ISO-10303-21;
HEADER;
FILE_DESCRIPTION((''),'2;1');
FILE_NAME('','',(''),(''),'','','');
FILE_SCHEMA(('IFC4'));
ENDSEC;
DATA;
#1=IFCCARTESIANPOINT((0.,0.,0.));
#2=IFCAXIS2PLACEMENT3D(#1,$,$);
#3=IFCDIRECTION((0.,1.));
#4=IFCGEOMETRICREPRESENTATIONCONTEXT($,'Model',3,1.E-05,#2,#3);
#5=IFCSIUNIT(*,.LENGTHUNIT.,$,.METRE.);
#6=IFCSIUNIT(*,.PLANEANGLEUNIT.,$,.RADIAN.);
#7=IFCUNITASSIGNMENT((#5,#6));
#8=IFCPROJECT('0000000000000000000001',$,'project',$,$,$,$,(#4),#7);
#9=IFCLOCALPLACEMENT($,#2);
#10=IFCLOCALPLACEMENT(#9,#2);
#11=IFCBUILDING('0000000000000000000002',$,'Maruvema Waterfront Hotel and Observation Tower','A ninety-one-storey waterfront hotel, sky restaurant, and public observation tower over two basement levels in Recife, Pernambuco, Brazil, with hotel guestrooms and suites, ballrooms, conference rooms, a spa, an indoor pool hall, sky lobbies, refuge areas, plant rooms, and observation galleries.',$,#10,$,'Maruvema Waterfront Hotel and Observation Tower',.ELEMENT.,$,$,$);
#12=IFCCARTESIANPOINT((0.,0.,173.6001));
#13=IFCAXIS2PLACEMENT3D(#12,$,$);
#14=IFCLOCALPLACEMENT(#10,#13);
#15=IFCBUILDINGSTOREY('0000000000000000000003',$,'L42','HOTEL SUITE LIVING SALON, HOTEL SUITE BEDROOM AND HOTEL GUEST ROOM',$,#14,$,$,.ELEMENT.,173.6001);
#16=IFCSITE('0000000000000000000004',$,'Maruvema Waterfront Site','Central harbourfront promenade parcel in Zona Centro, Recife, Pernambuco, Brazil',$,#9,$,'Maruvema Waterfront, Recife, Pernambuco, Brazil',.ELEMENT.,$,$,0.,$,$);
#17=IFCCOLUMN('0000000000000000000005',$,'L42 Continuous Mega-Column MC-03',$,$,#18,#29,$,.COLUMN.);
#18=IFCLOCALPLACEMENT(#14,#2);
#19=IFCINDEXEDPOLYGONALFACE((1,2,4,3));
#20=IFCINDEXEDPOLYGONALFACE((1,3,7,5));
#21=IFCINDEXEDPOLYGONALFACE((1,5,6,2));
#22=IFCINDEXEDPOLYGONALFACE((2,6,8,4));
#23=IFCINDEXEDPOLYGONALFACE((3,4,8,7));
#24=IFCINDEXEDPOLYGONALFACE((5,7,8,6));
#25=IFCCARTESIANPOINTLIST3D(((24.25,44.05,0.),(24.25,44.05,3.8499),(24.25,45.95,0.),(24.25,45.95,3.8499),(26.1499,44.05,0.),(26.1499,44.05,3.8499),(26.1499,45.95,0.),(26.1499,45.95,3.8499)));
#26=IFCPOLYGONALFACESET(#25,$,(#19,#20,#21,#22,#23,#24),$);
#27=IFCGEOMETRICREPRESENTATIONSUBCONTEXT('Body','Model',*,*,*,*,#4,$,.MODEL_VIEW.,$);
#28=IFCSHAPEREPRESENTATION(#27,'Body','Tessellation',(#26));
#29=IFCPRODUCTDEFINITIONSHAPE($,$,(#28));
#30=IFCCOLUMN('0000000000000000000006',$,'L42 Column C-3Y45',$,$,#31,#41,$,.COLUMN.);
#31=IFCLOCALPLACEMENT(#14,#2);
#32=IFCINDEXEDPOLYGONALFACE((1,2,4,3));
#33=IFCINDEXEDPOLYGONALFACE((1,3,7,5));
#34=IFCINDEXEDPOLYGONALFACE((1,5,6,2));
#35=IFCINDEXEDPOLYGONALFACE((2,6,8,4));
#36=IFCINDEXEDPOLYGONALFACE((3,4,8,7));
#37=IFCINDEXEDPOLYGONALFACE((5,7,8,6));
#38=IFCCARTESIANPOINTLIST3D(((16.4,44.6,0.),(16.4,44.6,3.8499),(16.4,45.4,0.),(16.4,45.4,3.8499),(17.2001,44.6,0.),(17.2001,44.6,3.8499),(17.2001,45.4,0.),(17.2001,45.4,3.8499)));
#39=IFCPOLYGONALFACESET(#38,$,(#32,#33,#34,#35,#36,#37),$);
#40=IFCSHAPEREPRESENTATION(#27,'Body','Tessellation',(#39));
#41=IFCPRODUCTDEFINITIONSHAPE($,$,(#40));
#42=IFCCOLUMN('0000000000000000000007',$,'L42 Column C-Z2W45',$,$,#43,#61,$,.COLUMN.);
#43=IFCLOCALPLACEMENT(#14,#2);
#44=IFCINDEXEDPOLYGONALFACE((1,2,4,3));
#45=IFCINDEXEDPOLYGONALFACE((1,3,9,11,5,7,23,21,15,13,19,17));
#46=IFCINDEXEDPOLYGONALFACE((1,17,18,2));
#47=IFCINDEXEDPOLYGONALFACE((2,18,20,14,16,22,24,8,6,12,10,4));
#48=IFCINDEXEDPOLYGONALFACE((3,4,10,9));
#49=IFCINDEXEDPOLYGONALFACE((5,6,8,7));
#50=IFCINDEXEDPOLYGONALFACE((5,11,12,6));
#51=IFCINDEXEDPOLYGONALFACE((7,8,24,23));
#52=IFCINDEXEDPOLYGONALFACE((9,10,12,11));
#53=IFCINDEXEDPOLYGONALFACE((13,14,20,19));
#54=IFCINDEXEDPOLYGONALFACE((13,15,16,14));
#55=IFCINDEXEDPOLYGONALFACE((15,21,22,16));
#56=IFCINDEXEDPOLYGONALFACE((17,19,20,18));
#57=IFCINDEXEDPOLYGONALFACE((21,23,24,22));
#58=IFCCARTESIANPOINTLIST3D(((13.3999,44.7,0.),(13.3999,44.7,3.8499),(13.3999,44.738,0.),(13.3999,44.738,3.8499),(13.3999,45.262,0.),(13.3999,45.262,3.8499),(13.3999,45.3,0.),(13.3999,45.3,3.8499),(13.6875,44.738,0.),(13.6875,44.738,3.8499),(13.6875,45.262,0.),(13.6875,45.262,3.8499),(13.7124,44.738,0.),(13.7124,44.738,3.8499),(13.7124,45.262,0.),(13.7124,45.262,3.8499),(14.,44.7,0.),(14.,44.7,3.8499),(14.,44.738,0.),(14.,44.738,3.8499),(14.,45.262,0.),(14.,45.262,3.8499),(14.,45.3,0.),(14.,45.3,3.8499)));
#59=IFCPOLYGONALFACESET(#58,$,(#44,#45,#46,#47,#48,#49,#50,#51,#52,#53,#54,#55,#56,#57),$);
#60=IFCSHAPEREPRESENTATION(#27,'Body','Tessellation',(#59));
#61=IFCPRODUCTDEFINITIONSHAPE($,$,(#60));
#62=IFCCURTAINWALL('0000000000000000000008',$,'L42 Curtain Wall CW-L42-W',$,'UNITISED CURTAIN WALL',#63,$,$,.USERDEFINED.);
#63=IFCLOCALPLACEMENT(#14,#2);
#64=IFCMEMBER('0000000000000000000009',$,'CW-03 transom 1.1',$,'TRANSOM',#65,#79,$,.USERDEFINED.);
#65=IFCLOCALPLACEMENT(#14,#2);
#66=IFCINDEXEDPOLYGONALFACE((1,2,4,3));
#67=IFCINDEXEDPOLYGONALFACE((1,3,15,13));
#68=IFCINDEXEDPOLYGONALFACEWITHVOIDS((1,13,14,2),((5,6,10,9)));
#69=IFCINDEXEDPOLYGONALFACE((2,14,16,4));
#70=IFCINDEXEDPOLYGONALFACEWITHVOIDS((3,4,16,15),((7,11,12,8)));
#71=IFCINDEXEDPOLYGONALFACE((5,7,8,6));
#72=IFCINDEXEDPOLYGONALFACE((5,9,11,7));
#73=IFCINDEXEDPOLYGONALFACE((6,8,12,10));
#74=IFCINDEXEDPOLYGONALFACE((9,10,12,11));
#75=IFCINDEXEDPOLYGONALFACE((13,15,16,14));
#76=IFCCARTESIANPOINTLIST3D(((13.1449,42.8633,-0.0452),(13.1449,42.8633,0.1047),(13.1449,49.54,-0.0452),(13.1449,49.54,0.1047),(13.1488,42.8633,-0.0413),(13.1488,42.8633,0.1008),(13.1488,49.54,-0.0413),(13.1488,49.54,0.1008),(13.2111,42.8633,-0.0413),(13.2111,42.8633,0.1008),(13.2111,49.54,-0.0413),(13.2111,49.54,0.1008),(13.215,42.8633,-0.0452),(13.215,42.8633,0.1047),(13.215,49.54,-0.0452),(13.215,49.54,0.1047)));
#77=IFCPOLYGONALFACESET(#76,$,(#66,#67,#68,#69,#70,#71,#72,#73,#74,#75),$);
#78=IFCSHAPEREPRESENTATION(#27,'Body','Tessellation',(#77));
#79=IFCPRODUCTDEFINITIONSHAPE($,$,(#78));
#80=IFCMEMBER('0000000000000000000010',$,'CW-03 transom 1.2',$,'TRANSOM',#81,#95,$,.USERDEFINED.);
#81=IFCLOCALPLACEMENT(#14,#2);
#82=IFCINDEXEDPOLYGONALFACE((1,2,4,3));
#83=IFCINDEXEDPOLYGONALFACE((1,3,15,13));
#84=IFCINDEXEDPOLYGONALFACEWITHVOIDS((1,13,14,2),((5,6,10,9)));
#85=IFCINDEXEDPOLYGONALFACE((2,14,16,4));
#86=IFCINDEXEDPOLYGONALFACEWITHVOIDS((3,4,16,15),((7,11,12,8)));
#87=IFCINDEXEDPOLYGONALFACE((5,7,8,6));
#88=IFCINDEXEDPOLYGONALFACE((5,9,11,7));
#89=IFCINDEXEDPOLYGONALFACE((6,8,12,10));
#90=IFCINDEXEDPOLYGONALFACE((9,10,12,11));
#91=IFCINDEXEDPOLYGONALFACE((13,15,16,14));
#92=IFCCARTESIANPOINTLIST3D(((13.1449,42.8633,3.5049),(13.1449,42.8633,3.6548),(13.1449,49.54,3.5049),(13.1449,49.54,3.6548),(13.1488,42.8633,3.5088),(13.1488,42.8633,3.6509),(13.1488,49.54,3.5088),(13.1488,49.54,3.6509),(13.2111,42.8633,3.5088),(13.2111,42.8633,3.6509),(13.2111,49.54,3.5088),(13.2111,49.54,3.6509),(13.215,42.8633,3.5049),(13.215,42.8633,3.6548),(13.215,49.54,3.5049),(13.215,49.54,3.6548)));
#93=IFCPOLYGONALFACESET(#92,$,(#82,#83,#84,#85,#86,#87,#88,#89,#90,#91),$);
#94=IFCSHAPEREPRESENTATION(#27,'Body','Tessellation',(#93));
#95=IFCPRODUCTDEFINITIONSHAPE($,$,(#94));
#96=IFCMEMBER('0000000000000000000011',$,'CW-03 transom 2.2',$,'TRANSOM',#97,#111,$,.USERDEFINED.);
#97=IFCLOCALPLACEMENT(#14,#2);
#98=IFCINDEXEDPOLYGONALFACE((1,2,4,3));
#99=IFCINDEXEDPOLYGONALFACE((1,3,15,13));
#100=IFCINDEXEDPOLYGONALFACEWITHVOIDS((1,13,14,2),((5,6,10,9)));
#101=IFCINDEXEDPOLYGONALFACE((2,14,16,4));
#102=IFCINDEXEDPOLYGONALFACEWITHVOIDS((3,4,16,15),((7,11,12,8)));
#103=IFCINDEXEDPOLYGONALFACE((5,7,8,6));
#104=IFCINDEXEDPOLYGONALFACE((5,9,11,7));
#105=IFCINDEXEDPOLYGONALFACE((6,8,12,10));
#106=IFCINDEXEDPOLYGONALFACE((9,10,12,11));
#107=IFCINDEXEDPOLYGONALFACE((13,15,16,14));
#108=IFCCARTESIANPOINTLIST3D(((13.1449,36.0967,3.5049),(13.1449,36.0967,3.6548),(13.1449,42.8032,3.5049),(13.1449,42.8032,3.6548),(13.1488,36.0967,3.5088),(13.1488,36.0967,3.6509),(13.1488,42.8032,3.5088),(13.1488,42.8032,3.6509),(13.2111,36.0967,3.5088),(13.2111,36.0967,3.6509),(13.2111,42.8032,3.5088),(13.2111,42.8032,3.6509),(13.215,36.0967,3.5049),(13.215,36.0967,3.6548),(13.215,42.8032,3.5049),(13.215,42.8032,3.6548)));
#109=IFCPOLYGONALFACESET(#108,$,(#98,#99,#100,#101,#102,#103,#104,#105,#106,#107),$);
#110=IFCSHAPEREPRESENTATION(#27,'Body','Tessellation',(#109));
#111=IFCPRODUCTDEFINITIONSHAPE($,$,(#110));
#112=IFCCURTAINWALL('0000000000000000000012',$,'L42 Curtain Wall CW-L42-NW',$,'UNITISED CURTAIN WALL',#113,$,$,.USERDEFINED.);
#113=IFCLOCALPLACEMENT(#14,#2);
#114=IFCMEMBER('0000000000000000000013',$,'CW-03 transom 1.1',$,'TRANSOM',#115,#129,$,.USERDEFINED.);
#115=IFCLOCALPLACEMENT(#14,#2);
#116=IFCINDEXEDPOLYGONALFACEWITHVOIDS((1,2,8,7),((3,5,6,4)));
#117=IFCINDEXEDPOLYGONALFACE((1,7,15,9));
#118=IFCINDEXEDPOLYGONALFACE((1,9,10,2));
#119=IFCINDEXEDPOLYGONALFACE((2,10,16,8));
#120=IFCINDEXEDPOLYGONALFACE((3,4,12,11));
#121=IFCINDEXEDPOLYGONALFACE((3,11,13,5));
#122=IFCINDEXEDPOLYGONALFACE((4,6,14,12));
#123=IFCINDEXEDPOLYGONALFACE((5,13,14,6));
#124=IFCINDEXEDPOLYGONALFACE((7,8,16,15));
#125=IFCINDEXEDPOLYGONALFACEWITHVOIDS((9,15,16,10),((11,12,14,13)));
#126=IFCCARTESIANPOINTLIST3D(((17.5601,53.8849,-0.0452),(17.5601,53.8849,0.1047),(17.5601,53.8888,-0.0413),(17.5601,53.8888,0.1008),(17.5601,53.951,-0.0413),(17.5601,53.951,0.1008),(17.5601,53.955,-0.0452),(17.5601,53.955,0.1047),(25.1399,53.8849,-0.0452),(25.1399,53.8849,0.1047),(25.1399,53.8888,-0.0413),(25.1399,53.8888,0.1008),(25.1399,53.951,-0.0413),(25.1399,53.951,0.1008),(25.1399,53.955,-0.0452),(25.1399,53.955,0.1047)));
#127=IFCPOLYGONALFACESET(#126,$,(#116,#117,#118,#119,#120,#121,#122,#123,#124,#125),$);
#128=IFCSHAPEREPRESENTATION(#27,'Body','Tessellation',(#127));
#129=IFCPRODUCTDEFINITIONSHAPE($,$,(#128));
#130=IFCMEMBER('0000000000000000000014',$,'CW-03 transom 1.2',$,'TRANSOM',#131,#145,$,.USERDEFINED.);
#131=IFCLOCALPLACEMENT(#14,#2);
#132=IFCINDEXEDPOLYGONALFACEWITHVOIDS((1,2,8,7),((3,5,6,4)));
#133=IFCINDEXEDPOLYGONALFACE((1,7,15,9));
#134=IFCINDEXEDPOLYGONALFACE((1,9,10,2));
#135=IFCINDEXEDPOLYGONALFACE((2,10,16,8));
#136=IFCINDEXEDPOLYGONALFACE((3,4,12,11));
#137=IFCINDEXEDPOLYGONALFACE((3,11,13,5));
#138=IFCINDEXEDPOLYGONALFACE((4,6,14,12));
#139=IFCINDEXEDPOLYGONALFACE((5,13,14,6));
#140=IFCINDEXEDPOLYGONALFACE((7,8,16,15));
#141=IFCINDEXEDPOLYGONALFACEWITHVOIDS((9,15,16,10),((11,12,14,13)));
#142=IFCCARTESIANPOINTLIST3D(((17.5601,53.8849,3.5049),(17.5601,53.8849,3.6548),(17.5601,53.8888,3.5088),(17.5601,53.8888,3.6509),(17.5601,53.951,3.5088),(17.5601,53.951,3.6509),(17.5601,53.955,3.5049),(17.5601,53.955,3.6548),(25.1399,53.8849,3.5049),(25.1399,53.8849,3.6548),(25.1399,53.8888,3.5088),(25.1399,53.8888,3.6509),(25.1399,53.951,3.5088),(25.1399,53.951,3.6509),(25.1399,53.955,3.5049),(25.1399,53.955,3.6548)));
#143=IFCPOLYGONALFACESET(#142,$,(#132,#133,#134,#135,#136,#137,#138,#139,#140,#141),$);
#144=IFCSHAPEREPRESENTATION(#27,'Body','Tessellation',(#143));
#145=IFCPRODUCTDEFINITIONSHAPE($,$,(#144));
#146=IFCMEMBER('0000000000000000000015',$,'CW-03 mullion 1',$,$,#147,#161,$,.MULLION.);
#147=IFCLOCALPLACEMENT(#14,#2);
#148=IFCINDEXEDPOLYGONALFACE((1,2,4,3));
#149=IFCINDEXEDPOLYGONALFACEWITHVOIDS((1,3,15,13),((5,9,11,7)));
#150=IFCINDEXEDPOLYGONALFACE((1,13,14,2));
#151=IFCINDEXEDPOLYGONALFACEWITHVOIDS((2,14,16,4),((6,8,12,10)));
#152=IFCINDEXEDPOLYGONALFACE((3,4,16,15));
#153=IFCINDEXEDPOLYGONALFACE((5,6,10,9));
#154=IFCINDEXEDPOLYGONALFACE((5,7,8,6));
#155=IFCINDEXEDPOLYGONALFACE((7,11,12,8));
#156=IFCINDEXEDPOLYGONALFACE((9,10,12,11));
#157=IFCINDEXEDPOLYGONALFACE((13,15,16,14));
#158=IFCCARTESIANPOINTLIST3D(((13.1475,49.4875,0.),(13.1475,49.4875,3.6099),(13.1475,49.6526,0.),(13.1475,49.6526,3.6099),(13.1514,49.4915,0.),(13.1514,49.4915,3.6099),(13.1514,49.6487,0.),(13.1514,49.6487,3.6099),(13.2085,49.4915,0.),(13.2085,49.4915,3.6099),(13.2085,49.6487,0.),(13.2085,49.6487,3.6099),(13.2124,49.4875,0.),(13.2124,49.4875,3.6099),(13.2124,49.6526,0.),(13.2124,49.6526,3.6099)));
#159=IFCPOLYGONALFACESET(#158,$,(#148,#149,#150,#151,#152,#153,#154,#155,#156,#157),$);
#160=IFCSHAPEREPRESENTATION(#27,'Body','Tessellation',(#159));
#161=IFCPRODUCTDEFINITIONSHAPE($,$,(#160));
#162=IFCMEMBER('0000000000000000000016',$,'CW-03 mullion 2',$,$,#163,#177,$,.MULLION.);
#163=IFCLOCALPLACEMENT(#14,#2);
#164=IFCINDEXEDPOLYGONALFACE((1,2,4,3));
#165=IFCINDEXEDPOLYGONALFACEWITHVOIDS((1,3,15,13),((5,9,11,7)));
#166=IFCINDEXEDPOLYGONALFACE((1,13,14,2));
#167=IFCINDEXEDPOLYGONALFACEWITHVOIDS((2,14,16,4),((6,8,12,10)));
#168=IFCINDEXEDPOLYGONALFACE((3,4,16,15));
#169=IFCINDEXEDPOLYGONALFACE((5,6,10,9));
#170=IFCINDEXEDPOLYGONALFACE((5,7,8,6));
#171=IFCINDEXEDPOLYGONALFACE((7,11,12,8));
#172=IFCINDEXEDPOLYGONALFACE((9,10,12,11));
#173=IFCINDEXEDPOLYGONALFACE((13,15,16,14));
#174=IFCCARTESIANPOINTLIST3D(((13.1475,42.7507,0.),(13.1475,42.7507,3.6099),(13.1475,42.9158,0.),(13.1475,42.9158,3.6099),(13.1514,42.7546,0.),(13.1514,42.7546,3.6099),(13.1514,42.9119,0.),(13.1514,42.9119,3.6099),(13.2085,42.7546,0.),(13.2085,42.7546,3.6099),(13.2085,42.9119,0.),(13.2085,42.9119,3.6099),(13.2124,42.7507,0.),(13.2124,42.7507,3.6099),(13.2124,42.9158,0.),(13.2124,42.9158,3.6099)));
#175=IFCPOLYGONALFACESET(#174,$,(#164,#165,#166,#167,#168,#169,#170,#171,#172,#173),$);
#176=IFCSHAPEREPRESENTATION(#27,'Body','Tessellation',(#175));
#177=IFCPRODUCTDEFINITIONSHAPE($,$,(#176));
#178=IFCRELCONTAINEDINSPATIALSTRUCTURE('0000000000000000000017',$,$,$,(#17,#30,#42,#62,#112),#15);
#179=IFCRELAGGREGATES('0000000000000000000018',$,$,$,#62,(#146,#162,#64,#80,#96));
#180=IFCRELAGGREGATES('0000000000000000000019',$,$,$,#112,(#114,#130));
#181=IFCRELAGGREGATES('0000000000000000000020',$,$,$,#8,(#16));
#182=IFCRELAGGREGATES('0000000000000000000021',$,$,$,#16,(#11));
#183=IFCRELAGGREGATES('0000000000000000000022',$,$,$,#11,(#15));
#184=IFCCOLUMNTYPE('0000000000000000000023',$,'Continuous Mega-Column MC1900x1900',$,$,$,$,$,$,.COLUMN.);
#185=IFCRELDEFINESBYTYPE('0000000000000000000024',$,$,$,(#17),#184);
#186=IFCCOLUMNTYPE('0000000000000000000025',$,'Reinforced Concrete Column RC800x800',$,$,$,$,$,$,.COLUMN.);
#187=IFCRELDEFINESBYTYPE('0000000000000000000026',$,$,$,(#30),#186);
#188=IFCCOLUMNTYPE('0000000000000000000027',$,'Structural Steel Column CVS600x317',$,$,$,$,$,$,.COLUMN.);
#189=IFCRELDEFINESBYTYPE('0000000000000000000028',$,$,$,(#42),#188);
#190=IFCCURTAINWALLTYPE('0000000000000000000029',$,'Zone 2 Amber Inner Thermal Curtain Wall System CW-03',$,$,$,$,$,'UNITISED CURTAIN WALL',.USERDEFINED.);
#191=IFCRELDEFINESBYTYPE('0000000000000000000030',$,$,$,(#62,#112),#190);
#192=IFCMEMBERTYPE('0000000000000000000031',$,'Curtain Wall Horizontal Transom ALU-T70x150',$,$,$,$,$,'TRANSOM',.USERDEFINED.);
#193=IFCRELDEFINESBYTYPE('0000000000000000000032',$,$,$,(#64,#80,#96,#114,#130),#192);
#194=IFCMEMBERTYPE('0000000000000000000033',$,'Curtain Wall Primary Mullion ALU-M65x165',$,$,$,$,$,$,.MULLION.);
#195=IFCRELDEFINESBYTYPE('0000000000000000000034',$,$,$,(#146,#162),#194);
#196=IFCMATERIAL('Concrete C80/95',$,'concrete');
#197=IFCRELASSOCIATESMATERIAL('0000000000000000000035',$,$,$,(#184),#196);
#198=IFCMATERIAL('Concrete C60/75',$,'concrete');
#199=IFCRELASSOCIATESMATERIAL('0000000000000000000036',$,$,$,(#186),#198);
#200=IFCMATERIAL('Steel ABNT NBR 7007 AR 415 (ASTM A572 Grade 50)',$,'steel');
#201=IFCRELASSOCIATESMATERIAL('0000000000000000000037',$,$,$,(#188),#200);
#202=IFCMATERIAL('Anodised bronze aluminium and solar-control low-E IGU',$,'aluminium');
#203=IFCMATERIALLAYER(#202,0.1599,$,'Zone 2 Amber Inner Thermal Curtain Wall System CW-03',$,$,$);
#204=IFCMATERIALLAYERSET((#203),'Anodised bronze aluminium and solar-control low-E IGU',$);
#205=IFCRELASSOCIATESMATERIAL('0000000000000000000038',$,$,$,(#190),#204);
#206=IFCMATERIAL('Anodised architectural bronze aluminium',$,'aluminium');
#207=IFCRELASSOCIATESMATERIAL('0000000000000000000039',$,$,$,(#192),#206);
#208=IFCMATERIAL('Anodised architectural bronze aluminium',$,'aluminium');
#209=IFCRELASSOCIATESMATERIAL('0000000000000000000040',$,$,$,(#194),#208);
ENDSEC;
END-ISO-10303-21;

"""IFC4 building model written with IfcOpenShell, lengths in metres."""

from ifc_helpers import new_model, si_unit, direction, frame, origin, origin_2d, place, context, subcontext, project, spatial, rectangle, hollow_rectangle, i_section, extrude, material, layer, layer_set, material_profile, profile_set, type_object, element, aggregate, save


model = new_model("IFC4")

# Units and contexts
model_context = context("Model", 3, precision=1e-05, world=origin(), true_north=direction((0.0, 1.0)))
body_context = subcontext(model_context, "Body", "Model", "MODEL_VIEW")
ifc_project = project(units=[si_unit("LENGTHUNIT", "METRE"), si_unit("PLANEANGLEUNIT", "RADIAN")], contexts=[model_context])

# Site, building, storey
site_placement = place(None, origin())
site = spatial("IfcSite", under=ifc_project, at=site_placement, Name="Maruvema Waterfront Site", Description="Central harbourfront promenade parcel in Zona Centro, Recife, Pernambuco, Brazil", LongName="Maruvema Waterfront, Recife, Pernambuco, Brazil", CompositionType="ELEMENT", RefElevation=0.0)
building_placement = place(site_placement, origin())
building = spatial("IfcBuilding", under=site, at=building_placement, Name="Maruvema Waterfront Hotel and Observation Tower", Description="A ninety-one-storey waterfront hotel, sky restaurant, and public observation tower over two basement levels in Recife, Pernambuco, Brazil, with hotel guestrooms and suites, ballrooms, conference rooms, a spa, an indoor pool hall, sky lobbies, refuge areas, plant rooms, and observation galleries.", LongName="Maruvema Waterfront Hotel and Observation Tower", CompositionType="ELEMENT")
storey_placement = place(building_placement, frame((0.0, 0.0, 173.6001)))
storey = spatial("IfcBuildingStorey", under=building, at=storey_placement, Name="L42", Description="HOTEL SUITE LIVING SALON, HOTEL SUITE BEDROOM AND HOTEL GUEST ROOM", CompositionType="ELEMENT", Elevation=173.6001)

# Columns
ifc_material_1 = material(Name="Concrete C80/95", Category="concrete")
ifc_material_profile_1 = material_profile(ifc_material_1, rectangle(XDim=1.8999, YDim=1.8999, at=origin_2d()), Name="MC1900x1900")
ifc_profile_set_1 = profile_set([ifc_material_profile_1], Name="Concrete C80/95")
column_type_1 = type_object("IfcColumnType", Name="Continuous Mega-Column MC1900x1900", PredefinedType="COLUMN", material=ifc_profile_set_1)
column_1_placement = place(storey_placement, frame((25.2, 45.0, 0.0), z_axis=(0.0, 0.0, 1.0), x_axis=(1.0, 0.0, 0.0)))
element("IfcColumn", 1, at=column_1_placement, inside=storey, type_object=column_type_1, Name="L42 Continuous Mega-Column MC-03", PredefinedType="COLUMN", context=body_context, shape_type="SweptSolid", body=[
    extrude(rectangle(XDim=1.8999, YDim=1.8999, at=origin_2d()), origin(), (0.0, 0.0, 1.0), 3.8499),
])
ifc_material_2 = material(Name="Concrete C60/75", Category="concrete")
ifc_material_profile_2 = material_profile(ifc_material_2, rectangle(XDim=0.8, YDim=0.8, at=origin_2d()), Name="RC800x800")
ifc_profile_set_2 = profile_set([ifc_material_profile_2], Name="Concrete C60/75")
column_type_2 = type_object("IfcColumnType", Name="Reinforced Concrete Column RC800x800", PredefinedType="COLUMN", material=ifc_profile_set_2)
column_2_placement = place(storey_placement, frame((16.8, 45.0, 0.0), z_axis=(0.0, 0.0, 1.0), x_axis=(1.0, 0.0, 0.0)))
element("IfcColumn", 2, at=column_2_placement, inside=storey, type_object=column_type_2, Name="L42 Column C-3Y45", PredefinedType="COLUMN", context=body_context, shape_type="SweptSolid", body=[
    extrude(rectangle(XDim=0.8, YDim=0.8, at=origin_2d()), origin(), (0.0, 0.0, 1.0), 3.8499),
])
ifc_material_3 = material(Name="Steel ABNT NBR 7007 AR 415 (ASTM A572 Grade 50)", Category="steel")
ifc_material_profile_3 = material_profile(ifc_material_3, i_section(OverallWidth=0.6001, OverallDepth=0.6001, WebThickness=0.0249, FlangeThickness=0.0381, at=origin_2d()), Name="CVS600x317")
ifc_profile_set_3 = profile_set([ifc_material_profile_3], Name="Steel ABNT NBR 7007 AR 415 (ASTM A572 Grade 50)")
column_type_3 = type_object("IfcColumnType", Name="Structural Steel Column CVS600x317", PredefinedType="COLUMN", material=ifc_profile_set_3)
column_3_placement = place(storey_placement, frame((13.7, 45.0, 0.0), z_axis=(0.0, 0.0, 1.0), x_axis=(1.0, 0.0, 0.0)))
element("IfcColumn", 3, at=column_3_placement, inside=storey, type_object=column_type_3, Name="L42 Column C-Z2W45", PredefinedType="COLUMN", context=body_context, shape_type="SweptSolid", body=[
    extrude(i_section(OverallWidth=0.6001, OverallDepth=0.6001, WebThickness=0.0249, FlangeThickness=0.0381, at=origin_2d()), origin(), (0.0, 0.0, 1.0), 3.8499),
])

# Curtain walls, members
ifc_material_4 = material(Name="Anodised bronze aluminium and solar-control low-E IGU", Category="aluminium")
ifc_layer_1 = layer(ifc_material_4, 0.1599, Name="Zone 2 Amber Inner Thermal Curtain Wall System CW-03")
ifc_layer_set_1 = layer_set([ifc_layer_1], Name="Anodised bronze aluminium and solar-control low-E IGU")
curtain_wall_type = type_object("IfcCurtainWallType", Name="Zone 2 Amber Inner Thermal Curtain Wall System CW-03", ElementType="UNITISED CURTAIN WALL", PredefinedType="USERDEFINED", material=ifc_layer_set_1)
curtain_wall_1_placement = place(storey_placement, origin())
curtain_wall_1 = element("IfcCurtainWall", 4, at=curtain_wall_1_placement, inside=storey, type_object=curtain_wall_type, Name="L42 Curtain Wall CW-L42-W", ObjectType="UNITISED CURTAIN WALL", PredefinedType="USERDEFINED")
ifc_material_5 = material(Name="Anodised architectural bronze aluminium", Category="aluminium")
ifc_material_profile_4 = material_profile(ifc_material_5, hollow_rectangle(XDim=0.0701, YDim=0.1499, WallThickness=0.0039, at=origin_2d()), Name="ALU-T70x150")
ifc_profile_set_4 = profile_set([ifc_material_profile_4], Name="Anodised architectural bronze aluminium")
member_type_1 = type_object("IfcMemberType", Name="Curtain Wall Horizontal Transom ALU-T70x150", ElementType="TRANSOM", PredefinedType="USERDEFINED", material=ifc_profile_set_4)
member_1_placement = place(storey_placement, frame((13.1799, 49.54, 0.0298), z_axis=(0.0, -1.0, 0.0), x_axis=(1.0, 0.0, 0.0)))
member_1 = element("IfcMember", 5, at=member_1_placement, type_object=member_type_1, Name="CW-03 transom 1.1", ObjectType="TRANSOM", PredefinedType="USERDEFINED", context=body_context, shape_type="SweptSolid", body=[
    extrude(hollow_rectangle(XDim=0.0701, YDim=0.1499, WallThickness=0.0039, at=origin_2d()), origin(), (0.0, 0.0, 1.0), 6.6768),
])
member_2_placement = place(storey_placement, frame((13.1799, 49.54, 3.5798), z_axis=(0.0, -1.0, 0.0), x_axis=(1.0, 0.0, 0.0)))
member_2 = element("IfcMember", 6, at=member_2_placement, type_object=member_type_1, Name="CW-03 transom 1.2", ObjectType="TRANSOM", PredefinedType="USERDEFINED", context=body_context, shape_type="SweptSolid", body=[
    extrude(hollow_rectangle(XDim=0.0701, YDim=0.1499, WallThickness=0.0039, at=origin_2d()), origin(), (0.0, 0.0, 1.0), 6.6768),
])
member_3_placement = place(storey_placement, frame((13.1799, 42.8032, 3.5798), z_axis=(0.0, -1.0, 0.0), x_axis=(1.0, 0.0, 0.0)))
member_3 = element("IfcMember", 7, at=member_3_placement, type_object=member_type_1, Name="CW-03 transom 2.2", ObjectType="TRANSOM", PredefinedType="USERDEFINED", context=body_context, shape_type="SweptSolid", body=[
    extrude(hollow_rectangle(XDim=0.0701, YDim=0.1499, WallThickness=0.0039, at=origin_2d()), origin(), (0.0, 0.0, 1.0), 6.7065),
])
curtain_wall_2_placement = place(storey_placement, origin())
curtain_wall_2 = element("IfcCurtainWall", 8, at=curtain_wall_2_placement, inside=storey, type_object=curtain_wall_type, Name="L42 Curtain Wall CW-L42-NW", ObjectType="UNITISED CURTAIN WALL", PredefinedType="USERDEFINED")
member_4_placement = place(storey_placement, frame((25.1399, 53.9199, 0.0298), z_axis=(-1.0, 0.0, 0.0), x_axis=(0.0, -1.0, 0.0)))
member_4 = element("IfcMember", 9, at=member_4_placement, type_object=member_type_1, Name="CW-03 transom 1.1", ObjectType="TRANSOM", PredefinedType="USERDEFINED", context=body_context, shape_type="SweptSolid", body=[
    extrude(hollow_rectangle(XDim=0.0701, YDim=0.1499, WallThickness=0.0039, at=origin_2d()), origin(), (0.0, 0.0, 1.0), 7.5798),
])
member_5_placement = place(storey_placement, frame((25.1399, 53.9199, 3.5798), z_axis=(-1.0, 0.0, 0.0), x_axis=(0.0, -1.0, 0.0)))
member_5 = element("IfcMember", 10, at=member_5_placement, type_object=member_type_1, Name="CW-03 transom 1.2", ObjectType="TRANSOM", PredefinedType="USERDEFINED", context=body_context, shape_type="SweptSolid", body=[
    extrude(hollow_rectangle(XDim=0.0701, YDim=0.1499, WallThickness=0.0039, at=origin_2d()), origin(), (0.0, 0.0, 1.0), 7.5798),
])

# Members
ifc_material_6 = material(Name="Anodised architectural bronze aluminium", Category="aluminium")
ifc_material_profile_5 = material_profile(ifc_material_6, hollow_rectangle(XDim=0.0649, YDim=0.165, WallThickness=0.0039, at=origin_2d()), Name="ALU-M65x165")
ifc_profile_set_5 = profile_set([ifc_material_profile_5], Name="Anodised architectural bronze aluminium")
member_type_2 = type_object("IfcMemberType", Name="Curtain Wall Primary Mullion ALU-M65x165", PredefinedType="MULLION", material=ifc_profile_set_5)
member_6_placement = place(storey_placement, frame((13.1799, 49.5701, 0.0), z_axis=(0.0, 0.0, 1.0), x_axis=(1.0, 0.0, 0.0)))
member_6 = element("IfcMember", 11, at=member_6_placement, type_object=member_type_2, Name="CW-03 mullion 1", PredefinedType="MULLION", context=body_context, shape_type="SweptSolid", body=[
    extrude(hollow_rectangle(XDim=0.0649, YDim=0.165, WallThickness=0.0039, at=origin_2d()), origin(), (0.0, 0.0, 1.0), 3.6099),
])
member_7_placement = place(storey_placement, frame((13.1799, 42.8333, 0.0), z_axis=(0.0, 0.0, 1.0), x_axis=(1.0, 0.0, 0.0)))
member_7 = element("IfcMember", 12, at=member_7_placement, type_object=member_type_2, Name="CW-03 mullion 2", PredefinedType="MULLION", context=body_context, shape_type="SweptSolid", body=[
    extrude(hollow_rectangle(XDim=0.0649, YDim=0.165, WallThickness=0.0039, at=origin_2d()), origin(), (0.0, 0.0, 1.0), 3.6099),
])

aggregate(curtain_wall_1, [member_6, member_7, member_1, member_2, member_3])
aggregate(curtain_wall_2, [member_4, member_5])

save(model, "model.ifc")
